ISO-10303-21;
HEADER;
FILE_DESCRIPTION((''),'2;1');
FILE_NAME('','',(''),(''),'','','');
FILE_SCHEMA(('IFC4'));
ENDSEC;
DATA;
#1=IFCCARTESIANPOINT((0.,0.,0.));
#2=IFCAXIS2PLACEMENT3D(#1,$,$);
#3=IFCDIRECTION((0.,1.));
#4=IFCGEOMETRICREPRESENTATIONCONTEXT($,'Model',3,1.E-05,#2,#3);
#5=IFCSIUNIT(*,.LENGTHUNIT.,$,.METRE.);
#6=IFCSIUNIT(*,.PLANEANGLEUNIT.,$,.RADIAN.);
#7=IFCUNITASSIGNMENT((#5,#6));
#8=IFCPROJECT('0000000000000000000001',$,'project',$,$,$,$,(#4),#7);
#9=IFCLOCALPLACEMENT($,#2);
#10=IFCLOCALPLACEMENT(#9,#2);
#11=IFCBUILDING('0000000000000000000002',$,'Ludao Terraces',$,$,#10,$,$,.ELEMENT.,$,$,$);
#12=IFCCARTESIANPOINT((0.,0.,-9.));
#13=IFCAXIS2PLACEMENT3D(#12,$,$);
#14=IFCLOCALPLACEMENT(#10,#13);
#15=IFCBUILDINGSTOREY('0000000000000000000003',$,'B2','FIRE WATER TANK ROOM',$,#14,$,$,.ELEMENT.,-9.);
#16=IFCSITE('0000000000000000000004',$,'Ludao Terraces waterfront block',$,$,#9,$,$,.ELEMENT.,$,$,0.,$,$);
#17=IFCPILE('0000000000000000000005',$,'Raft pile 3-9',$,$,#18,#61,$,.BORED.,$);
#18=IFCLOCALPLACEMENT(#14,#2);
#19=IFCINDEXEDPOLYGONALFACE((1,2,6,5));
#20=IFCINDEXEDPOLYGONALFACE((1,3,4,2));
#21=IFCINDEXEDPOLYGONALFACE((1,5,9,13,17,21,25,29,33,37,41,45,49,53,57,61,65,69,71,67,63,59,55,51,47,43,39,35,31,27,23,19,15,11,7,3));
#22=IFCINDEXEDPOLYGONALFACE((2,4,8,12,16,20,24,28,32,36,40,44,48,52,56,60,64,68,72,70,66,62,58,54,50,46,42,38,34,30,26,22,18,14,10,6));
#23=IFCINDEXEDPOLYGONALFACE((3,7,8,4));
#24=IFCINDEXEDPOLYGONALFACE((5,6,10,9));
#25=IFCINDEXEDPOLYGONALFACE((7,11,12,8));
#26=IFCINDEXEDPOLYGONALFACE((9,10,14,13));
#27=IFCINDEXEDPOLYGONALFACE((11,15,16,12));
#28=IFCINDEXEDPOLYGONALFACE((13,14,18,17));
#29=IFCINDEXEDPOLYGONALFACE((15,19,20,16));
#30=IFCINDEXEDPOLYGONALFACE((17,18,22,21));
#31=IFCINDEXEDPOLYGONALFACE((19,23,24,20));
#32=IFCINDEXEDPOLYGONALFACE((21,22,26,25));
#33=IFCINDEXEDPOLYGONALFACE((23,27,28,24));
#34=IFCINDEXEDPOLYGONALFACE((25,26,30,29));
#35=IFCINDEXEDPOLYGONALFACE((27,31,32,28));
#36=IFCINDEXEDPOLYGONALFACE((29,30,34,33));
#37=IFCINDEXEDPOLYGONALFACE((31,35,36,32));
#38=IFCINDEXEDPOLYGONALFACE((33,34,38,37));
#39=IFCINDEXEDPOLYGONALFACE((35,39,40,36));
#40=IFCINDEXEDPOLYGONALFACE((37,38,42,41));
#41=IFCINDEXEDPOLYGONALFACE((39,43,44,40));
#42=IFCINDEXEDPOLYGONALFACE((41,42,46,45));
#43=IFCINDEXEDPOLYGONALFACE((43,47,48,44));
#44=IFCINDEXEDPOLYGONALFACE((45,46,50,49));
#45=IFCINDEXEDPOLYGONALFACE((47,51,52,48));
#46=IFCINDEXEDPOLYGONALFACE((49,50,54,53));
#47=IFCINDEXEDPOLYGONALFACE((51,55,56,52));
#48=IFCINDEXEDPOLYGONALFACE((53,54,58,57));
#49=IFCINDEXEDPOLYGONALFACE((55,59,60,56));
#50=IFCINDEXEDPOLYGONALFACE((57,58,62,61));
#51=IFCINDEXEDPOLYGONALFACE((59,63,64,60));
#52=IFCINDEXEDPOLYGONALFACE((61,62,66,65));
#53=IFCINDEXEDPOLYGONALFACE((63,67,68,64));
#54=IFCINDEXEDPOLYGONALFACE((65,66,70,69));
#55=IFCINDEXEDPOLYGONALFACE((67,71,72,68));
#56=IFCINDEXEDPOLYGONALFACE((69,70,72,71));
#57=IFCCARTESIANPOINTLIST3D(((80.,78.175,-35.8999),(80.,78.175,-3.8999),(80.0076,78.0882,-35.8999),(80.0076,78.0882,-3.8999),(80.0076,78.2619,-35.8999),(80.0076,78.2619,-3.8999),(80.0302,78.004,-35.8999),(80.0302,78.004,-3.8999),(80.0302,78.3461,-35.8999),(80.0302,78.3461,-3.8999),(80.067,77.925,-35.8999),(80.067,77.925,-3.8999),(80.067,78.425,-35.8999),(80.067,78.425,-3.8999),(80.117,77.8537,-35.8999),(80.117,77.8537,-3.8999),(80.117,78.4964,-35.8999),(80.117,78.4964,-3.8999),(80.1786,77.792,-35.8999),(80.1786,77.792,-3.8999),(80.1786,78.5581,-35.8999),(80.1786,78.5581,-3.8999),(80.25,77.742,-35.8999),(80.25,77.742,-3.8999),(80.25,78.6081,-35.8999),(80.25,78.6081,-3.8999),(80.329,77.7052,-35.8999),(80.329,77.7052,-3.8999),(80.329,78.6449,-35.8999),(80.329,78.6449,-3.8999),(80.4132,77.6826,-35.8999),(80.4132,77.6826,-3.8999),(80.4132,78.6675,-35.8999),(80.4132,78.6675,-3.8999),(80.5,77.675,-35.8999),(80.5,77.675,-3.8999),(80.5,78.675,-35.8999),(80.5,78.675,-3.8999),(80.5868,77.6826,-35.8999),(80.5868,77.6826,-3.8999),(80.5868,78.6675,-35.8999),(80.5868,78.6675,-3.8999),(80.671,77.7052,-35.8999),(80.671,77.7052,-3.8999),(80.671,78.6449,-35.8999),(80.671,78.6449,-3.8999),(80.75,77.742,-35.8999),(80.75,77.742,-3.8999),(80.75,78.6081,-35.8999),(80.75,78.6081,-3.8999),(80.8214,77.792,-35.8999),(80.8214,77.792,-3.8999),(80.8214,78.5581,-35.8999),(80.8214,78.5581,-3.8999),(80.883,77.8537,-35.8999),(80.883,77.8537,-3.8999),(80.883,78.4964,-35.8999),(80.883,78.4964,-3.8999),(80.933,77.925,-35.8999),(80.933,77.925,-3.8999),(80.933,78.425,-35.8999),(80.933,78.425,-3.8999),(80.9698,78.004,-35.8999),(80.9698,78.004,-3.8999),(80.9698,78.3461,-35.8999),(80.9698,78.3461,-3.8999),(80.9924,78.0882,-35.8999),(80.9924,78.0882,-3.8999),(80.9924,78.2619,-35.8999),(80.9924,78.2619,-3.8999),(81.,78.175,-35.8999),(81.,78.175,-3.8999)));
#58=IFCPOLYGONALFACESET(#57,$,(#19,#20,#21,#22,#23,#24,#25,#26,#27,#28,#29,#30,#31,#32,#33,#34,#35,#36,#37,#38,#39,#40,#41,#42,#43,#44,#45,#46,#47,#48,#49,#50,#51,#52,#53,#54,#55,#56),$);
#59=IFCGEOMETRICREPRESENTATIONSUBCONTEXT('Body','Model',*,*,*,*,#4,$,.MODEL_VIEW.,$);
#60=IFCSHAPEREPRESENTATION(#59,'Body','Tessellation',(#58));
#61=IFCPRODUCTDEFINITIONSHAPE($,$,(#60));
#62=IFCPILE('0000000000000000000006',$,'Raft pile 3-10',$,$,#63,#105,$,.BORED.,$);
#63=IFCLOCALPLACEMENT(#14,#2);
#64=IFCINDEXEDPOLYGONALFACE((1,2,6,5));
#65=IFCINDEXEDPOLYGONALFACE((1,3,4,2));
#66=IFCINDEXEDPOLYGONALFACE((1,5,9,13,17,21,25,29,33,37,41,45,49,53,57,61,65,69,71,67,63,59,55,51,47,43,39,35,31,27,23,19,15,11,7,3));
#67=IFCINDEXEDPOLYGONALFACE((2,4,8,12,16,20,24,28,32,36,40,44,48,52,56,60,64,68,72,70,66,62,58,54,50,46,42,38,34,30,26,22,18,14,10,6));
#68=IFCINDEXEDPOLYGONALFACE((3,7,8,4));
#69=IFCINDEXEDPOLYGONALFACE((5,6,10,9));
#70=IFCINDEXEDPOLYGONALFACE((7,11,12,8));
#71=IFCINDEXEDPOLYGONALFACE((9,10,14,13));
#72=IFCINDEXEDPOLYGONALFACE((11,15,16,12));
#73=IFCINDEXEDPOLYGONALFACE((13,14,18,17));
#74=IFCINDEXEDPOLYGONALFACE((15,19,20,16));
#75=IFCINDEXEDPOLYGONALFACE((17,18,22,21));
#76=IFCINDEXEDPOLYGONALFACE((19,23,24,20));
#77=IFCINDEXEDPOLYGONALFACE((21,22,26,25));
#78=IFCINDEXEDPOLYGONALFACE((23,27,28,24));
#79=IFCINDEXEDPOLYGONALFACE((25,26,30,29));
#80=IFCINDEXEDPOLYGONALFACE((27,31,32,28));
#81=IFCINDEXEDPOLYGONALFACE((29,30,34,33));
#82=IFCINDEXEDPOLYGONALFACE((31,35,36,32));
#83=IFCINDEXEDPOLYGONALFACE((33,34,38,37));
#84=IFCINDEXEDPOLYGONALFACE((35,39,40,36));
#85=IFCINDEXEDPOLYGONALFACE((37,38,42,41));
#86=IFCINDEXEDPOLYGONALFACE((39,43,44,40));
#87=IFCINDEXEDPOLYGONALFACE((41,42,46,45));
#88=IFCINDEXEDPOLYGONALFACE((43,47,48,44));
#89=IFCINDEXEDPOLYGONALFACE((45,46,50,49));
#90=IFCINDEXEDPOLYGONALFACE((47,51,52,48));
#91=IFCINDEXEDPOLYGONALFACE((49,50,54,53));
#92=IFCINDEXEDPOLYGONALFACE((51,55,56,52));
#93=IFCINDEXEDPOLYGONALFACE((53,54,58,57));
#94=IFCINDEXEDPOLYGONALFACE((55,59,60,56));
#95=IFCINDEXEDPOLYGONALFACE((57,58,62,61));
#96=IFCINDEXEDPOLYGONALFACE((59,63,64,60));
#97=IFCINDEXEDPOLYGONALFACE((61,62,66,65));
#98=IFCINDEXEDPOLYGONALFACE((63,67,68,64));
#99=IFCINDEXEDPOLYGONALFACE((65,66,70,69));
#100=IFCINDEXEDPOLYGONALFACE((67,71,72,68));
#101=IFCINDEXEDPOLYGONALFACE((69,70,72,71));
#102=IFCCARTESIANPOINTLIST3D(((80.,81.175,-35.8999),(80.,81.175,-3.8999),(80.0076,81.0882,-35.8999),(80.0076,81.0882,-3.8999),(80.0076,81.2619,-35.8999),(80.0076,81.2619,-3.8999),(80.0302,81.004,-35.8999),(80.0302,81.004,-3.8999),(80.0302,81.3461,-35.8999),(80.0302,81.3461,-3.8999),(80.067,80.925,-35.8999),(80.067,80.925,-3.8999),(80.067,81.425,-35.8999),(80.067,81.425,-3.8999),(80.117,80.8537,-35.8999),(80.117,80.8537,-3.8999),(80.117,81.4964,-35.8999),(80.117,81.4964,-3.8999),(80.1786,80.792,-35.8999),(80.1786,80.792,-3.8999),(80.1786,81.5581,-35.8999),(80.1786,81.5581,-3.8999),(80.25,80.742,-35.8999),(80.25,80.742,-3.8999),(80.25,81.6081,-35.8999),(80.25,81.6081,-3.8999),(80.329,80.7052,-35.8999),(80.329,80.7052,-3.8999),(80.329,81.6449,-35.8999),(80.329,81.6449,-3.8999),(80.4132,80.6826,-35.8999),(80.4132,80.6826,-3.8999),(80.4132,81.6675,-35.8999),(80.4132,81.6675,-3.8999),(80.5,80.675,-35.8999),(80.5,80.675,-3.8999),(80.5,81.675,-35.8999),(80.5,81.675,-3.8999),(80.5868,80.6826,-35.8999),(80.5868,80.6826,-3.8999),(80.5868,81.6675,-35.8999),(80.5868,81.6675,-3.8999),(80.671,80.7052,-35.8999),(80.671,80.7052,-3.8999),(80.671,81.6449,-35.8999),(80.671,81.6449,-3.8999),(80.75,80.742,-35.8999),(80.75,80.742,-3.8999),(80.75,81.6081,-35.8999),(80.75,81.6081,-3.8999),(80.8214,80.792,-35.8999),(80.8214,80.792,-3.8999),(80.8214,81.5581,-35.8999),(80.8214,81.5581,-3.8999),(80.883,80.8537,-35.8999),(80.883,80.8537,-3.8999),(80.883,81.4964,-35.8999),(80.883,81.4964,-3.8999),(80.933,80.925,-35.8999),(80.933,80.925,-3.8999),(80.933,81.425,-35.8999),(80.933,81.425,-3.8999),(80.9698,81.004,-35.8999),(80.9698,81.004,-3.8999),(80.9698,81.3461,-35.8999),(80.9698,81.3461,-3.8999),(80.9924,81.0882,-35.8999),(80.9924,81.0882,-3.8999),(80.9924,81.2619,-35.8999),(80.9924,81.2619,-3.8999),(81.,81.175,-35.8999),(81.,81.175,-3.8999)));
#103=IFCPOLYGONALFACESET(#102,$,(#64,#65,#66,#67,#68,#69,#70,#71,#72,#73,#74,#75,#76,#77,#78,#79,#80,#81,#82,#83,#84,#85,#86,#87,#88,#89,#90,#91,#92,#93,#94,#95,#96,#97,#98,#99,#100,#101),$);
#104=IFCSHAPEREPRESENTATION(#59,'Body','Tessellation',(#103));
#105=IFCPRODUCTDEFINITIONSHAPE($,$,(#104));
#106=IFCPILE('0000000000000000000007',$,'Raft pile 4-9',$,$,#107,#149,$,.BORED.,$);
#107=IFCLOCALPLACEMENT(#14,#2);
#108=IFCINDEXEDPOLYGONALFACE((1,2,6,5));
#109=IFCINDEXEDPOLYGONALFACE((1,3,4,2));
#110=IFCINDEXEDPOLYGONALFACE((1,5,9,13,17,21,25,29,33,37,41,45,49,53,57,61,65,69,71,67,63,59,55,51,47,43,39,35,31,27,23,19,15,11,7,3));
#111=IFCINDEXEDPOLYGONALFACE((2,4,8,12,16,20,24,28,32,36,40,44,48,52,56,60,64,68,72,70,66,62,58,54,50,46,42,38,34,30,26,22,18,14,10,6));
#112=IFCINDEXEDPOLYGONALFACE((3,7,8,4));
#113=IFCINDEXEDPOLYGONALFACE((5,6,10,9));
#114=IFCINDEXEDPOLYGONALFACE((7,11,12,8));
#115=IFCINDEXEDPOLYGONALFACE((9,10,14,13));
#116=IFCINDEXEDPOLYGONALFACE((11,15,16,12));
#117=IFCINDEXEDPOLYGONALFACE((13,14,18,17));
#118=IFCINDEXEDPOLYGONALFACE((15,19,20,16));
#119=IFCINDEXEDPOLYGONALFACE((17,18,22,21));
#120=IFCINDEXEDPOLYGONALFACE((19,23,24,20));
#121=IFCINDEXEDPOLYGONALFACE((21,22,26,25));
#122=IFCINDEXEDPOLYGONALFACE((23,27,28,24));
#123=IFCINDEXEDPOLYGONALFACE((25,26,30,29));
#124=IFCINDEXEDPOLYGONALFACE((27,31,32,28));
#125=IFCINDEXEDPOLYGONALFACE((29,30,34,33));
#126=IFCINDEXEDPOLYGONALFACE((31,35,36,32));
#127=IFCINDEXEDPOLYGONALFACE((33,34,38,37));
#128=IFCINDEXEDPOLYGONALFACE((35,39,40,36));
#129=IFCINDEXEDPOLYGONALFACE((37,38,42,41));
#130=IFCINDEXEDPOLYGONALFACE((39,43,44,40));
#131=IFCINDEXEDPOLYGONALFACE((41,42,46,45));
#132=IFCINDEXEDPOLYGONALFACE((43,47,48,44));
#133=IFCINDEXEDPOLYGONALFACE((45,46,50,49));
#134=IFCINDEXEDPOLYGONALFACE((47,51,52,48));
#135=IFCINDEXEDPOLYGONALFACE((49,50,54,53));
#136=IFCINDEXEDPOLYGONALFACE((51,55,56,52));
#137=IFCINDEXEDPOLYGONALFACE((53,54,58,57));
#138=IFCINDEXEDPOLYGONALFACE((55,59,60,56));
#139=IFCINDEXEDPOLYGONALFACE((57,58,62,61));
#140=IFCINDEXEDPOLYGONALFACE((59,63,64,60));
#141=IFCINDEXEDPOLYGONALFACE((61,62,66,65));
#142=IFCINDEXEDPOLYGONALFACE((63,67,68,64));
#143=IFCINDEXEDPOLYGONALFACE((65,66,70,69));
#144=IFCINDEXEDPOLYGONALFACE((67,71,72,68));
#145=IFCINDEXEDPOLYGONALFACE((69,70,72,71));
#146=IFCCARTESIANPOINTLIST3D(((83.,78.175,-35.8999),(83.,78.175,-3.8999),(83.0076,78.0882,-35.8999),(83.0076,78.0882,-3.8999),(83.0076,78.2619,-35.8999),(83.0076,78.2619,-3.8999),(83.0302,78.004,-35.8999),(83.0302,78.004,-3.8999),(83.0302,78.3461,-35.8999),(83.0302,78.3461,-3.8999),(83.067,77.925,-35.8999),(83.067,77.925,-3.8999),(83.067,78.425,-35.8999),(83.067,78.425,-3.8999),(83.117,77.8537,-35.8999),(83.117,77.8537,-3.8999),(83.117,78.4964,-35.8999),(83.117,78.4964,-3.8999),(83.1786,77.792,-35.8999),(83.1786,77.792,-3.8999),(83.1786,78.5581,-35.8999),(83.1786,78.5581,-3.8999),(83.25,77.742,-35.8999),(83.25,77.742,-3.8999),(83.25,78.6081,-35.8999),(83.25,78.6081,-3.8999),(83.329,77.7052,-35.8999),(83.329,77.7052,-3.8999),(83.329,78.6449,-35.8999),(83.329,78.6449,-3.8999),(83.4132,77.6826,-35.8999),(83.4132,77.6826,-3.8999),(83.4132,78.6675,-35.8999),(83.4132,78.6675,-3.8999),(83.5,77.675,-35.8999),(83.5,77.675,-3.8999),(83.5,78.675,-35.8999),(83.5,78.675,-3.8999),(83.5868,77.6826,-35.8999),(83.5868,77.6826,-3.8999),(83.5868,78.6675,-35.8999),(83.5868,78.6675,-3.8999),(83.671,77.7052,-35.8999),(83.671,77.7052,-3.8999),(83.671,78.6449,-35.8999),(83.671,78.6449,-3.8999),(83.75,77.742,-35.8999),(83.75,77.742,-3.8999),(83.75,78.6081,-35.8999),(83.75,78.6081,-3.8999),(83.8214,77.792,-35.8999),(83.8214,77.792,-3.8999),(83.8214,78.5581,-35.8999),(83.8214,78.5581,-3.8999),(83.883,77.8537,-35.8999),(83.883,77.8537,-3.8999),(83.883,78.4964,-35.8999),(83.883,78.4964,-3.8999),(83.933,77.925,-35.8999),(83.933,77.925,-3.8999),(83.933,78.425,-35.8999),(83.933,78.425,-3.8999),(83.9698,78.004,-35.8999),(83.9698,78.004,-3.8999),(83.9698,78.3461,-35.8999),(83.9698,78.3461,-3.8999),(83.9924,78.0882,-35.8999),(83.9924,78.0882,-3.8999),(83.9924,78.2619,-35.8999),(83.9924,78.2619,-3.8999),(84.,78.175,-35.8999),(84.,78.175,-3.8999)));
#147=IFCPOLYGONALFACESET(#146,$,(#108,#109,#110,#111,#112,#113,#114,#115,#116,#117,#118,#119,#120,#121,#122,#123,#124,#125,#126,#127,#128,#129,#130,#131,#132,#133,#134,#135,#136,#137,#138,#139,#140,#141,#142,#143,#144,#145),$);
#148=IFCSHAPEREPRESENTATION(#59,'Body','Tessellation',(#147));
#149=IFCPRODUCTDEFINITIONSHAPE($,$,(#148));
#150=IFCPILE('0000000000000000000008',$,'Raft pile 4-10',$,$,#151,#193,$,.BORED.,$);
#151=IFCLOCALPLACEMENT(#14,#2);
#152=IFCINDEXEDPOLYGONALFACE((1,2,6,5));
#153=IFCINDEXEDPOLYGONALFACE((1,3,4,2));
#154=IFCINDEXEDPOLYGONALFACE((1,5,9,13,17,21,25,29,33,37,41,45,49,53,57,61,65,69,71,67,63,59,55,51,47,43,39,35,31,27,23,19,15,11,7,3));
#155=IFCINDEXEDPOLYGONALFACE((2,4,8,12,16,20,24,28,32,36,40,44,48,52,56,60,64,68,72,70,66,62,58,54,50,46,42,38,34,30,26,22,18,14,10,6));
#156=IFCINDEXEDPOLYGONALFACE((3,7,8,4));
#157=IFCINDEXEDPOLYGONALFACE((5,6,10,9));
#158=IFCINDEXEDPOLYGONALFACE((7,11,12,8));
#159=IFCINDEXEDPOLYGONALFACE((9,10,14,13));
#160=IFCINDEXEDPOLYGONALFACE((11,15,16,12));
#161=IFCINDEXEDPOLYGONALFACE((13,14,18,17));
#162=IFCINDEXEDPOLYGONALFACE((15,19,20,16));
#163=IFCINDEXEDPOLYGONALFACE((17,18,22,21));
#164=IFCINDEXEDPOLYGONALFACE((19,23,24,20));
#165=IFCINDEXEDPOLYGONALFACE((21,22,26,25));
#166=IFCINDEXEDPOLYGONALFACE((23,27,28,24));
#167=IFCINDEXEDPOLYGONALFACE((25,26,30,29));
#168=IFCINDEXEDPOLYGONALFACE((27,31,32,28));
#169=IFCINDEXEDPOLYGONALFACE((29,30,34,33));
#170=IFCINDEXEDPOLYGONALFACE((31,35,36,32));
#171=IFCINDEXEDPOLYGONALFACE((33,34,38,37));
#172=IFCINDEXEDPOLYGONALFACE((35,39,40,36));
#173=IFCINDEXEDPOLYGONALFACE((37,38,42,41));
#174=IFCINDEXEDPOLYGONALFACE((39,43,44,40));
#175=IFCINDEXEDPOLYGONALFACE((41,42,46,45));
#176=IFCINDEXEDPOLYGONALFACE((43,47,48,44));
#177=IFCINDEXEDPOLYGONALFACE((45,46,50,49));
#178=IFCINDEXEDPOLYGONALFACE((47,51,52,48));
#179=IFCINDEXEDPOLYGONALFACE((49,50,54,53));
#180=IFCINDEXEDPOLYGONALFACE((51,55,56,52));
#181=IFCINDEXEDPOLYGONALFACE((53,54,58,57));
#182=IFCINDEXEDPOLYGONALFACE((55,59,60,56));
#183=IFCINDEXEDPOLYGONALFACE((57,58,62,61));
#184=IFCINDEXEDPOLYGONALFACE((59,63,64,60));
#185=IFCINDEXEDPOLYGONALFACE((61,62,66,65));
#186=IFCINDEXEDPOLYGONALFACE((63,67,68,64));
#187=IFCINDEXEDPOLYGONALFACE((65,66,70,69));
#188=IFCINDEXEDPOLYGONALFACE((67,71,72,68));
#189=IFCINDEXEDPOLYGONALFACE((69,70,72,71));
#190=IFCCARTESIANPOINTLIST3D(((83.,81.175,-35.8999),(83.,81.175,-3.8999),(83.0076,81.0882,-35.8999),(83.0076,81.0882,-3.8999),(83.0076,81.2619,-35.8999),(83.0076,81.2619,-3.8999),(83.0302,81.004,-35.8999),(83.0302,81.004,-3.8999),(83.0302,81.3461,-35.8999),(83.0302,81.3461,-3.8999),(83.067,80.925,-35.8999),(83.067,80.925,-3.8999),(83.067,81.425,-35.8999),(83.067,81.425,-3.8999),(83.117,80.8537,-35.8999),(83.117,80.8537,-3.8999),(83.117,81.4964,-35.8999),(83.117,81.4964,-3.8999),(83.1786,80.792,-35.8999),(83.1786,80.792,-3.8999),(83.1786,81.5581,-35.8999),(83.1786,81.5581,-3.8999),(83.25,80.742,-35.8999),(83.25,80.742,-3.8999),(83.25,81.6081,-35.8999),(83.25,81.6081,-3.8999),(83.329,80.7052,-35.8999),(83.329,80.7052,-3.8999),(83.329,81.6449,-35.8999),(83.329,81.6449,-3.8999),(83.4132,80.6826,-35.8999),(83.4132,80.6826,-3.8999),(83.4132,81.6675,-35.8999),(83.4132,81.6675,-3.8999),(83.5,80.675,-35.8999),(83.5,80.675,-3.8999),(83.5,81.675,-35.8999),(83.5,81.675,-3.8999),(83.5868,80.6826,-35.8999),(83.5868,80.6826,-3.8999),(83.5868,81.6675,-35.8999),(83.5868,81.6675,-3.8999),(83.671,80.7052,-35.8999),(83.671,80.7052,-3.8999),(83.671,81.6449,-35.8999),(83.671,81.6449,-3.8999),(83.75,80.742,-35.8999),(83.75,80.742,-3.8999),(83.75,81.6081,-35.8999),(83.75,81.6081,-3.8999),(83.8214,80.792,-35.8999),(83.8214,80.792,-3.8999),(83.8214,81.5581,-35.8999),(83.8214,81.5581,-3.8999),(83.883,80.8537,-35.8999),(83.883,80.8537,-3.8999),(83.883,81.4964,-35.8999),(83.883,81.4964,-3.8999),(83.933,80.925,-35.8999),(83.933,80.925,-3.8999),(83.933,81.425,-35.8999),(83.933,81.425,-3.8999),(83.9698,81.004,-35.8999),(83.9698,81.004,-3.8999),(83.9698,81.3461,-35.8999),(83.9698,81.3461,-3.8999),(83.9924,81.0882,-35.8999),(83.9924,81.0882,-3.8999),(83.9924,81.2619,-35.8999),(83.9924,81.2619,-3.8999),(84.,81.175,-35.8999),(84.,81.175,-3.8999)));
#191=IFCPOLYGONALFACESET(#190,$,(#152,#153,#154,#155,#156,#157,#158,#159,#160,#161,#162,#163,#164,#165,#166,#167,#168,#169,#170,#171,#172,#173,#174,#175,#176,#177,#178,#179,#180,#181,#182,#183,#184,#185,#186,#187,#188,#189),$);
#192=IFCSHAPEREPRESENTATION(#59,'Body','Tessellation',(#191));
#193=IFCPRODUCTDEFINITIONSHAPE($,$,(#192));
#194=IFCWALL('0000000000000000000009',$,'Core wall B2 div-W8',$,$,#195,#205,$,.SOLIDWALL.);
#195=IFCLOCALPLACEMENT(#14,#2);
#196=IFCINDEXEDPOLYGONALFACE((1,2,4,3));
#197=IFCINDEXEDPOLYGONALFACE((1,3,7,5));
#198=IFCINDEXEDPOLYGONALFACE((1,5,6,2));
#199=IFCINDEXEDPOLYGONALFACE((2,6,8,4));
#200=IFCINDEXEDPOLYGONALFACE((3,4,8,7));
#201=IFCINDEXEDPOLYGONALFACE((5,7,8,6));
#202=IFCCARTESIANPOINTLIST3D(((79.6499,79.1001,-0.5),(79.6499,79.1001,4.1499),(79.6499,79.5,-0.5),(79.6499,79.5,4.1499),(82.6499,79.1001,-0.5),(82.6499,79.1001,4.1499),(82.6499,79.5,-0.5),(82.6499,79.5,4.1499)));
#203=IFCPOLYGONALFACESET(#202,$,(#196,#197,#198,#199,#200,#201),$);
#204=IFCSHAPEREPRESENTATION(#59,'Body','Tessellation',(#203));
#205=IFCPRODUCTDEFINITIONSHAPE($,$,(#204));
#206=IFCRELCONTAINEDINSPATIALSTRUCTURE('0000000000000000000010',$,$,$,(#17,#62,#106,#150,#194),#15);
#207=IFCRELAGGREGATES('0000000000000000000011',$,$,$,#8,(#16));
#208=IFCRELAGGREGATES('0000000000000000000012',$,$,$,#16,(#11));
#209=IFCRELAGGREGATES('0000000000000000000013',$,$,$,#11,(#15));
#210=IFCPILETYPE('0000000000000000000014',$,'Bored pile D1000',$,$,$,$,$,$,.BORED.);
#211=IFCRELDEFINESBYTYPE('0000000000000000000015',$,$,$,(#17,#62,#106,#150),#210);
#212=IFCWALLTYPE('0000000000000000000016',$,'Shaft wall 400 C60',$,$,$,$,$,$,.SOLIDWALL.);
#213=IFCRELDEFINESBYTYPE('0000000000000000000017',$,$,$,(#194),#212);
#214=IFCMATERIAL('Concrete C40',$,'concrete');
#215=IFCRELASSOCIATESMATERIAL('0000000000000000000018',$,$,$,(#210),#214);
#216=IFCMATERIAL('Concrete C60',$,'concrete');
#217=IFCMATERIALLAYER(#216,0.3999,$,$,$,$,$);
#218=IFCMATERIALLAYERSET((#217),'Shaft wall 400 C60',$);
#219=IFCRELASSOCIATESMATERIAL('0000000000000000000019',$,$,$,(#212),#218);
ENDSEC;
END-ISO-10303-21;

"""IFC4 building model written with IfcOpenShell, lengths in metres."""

from ifc_helpers import new_model, si_unit, direction, frame, frame_2d, origin, origin_2d, place, context, subcontext, project, spatial, rectangle, circle, extrude, material, layer, layer_set, material_profile, profile_set, type_object, element, save


model = new_model("IFC4")

# Units and contexts
model_context = context("Model", 3, precision=1e-05, world=origin(), true_north=direction((0.0, 1.0)))
body_context = subcontext(model_context, "Body", "Model", "MODEL_VIEW")
ifc_project = project(units=[si_unit("LENGTHUNIT", "METRE"), si_unit("PLANEANGLEUNIT", "RADIAN")], contexts=[model_context])

# Site, building, storey
site_placement = place(None, origin())
site = spatial("IfcSite", under=ifc_project, at=site_placement, Name="Ludao Terraces waterfront block", CompositionType="ELEMENT", RefElevation=0.0)
building_placement = place(site_placement, origin())
building = spatial("IfcBuilding", under=site, at=building_placement, Name="Ludao Terraces", CompositionType="ELEMENT")
storey_placement = place(building_placement, frame((0.0, 0.0, -9.0)))
storey = spatial("IfcBuildingStorey", under=building, at=storey_placement, Name="B2", Description="FIRE WATER TANK ROOM", CompositionType="ELEMENT", Elevation=-9.0)

# Piles
ifc_material_1 = material(Name="Concrete C40", Category="concrete")
ifc_material_profile = material_profile(ifc_material_1, circle(Radius=0.5, at=origin_2d()), Name="D1000 BORED PILE")
ifc_profile_set = profile_set([ifc_material_profile], Name="Concrete C40")
pile_type = type_object("IfcPileType", Name="Bored pile D1000", PredefinedType="BORED", material=ifc_profile_set)
for number, where, z_axis, x_axis, name in (
    (1, (80.5, 78.175, -3.8999), (0.0, 0.0, -1.0), (1.0, 0.0, 0.0), "Raft pile 3-9"),
    (2, (80.5, 81.175, -3.8999), (0.0, 0.0, -1.0), (1.0, 0.0, 0.0), "Raft pile 3-10"),
    (3, (83.5, 78.175, -3.8999), (0.0, 0.0, -1.0), (1.0, 0.0, 0.0), "Raft pile 4-9"),
    (4, (83.5, 81.175, -3.8999), (0.0, 0.0, -1.0), (1.0, 0.0, 0.0), "Raft pile 4-10"),
):
    element("IfcPile", number, at=place(storey_placement, frame(where, z_axis=z_axis, x_axis=x_axis)), inside=storey, type_object=pile_type, Name=name, PredefinedType="BORED", context=body_context, shape_type="SweptSolid", body=[
        extrude(circle(Radius=0.5, at=origin_2d()), origin(), (0.0, 0.0, 1.0), 32.0),
    ])

# Wall
ifc_material_2 = material(Name="Concrete C60", Category="concrete")
ifc_layer = layer(ifc_material_2, 0.3999)
ifc_layer_set = layer_set([ifc_layer], Name="Shaft wall 400 C60")
wall_type = type_object("IfcWallType", Name="Shaft wall 400 C60", PredefinedType="SOLIDWALL", material=ifc_layer_set)
wall_1_placement = place(storey_placement, frame((79.6499, 79.3, -0.5), z_axis=(0.0, 0.0, 1.0), x_axis=(1.0, 0.0, 0.0)))
element("IfcWall", 5, at=wall_1_placement, inside=storey, type_object=wall_type, Name="Core wall B2 div-W8", PredefinedType="SOLIDWALL", context=body_context, shape_type="SweptSolid", body=[
    extrude(rectangle(XDim=3.0, YDim=0.3999, at=frame_2d((1.5, 0.0))), origin(), (0.0, 0.0, 1.0), 4.6499),
])

save(model, "model.ifc")
